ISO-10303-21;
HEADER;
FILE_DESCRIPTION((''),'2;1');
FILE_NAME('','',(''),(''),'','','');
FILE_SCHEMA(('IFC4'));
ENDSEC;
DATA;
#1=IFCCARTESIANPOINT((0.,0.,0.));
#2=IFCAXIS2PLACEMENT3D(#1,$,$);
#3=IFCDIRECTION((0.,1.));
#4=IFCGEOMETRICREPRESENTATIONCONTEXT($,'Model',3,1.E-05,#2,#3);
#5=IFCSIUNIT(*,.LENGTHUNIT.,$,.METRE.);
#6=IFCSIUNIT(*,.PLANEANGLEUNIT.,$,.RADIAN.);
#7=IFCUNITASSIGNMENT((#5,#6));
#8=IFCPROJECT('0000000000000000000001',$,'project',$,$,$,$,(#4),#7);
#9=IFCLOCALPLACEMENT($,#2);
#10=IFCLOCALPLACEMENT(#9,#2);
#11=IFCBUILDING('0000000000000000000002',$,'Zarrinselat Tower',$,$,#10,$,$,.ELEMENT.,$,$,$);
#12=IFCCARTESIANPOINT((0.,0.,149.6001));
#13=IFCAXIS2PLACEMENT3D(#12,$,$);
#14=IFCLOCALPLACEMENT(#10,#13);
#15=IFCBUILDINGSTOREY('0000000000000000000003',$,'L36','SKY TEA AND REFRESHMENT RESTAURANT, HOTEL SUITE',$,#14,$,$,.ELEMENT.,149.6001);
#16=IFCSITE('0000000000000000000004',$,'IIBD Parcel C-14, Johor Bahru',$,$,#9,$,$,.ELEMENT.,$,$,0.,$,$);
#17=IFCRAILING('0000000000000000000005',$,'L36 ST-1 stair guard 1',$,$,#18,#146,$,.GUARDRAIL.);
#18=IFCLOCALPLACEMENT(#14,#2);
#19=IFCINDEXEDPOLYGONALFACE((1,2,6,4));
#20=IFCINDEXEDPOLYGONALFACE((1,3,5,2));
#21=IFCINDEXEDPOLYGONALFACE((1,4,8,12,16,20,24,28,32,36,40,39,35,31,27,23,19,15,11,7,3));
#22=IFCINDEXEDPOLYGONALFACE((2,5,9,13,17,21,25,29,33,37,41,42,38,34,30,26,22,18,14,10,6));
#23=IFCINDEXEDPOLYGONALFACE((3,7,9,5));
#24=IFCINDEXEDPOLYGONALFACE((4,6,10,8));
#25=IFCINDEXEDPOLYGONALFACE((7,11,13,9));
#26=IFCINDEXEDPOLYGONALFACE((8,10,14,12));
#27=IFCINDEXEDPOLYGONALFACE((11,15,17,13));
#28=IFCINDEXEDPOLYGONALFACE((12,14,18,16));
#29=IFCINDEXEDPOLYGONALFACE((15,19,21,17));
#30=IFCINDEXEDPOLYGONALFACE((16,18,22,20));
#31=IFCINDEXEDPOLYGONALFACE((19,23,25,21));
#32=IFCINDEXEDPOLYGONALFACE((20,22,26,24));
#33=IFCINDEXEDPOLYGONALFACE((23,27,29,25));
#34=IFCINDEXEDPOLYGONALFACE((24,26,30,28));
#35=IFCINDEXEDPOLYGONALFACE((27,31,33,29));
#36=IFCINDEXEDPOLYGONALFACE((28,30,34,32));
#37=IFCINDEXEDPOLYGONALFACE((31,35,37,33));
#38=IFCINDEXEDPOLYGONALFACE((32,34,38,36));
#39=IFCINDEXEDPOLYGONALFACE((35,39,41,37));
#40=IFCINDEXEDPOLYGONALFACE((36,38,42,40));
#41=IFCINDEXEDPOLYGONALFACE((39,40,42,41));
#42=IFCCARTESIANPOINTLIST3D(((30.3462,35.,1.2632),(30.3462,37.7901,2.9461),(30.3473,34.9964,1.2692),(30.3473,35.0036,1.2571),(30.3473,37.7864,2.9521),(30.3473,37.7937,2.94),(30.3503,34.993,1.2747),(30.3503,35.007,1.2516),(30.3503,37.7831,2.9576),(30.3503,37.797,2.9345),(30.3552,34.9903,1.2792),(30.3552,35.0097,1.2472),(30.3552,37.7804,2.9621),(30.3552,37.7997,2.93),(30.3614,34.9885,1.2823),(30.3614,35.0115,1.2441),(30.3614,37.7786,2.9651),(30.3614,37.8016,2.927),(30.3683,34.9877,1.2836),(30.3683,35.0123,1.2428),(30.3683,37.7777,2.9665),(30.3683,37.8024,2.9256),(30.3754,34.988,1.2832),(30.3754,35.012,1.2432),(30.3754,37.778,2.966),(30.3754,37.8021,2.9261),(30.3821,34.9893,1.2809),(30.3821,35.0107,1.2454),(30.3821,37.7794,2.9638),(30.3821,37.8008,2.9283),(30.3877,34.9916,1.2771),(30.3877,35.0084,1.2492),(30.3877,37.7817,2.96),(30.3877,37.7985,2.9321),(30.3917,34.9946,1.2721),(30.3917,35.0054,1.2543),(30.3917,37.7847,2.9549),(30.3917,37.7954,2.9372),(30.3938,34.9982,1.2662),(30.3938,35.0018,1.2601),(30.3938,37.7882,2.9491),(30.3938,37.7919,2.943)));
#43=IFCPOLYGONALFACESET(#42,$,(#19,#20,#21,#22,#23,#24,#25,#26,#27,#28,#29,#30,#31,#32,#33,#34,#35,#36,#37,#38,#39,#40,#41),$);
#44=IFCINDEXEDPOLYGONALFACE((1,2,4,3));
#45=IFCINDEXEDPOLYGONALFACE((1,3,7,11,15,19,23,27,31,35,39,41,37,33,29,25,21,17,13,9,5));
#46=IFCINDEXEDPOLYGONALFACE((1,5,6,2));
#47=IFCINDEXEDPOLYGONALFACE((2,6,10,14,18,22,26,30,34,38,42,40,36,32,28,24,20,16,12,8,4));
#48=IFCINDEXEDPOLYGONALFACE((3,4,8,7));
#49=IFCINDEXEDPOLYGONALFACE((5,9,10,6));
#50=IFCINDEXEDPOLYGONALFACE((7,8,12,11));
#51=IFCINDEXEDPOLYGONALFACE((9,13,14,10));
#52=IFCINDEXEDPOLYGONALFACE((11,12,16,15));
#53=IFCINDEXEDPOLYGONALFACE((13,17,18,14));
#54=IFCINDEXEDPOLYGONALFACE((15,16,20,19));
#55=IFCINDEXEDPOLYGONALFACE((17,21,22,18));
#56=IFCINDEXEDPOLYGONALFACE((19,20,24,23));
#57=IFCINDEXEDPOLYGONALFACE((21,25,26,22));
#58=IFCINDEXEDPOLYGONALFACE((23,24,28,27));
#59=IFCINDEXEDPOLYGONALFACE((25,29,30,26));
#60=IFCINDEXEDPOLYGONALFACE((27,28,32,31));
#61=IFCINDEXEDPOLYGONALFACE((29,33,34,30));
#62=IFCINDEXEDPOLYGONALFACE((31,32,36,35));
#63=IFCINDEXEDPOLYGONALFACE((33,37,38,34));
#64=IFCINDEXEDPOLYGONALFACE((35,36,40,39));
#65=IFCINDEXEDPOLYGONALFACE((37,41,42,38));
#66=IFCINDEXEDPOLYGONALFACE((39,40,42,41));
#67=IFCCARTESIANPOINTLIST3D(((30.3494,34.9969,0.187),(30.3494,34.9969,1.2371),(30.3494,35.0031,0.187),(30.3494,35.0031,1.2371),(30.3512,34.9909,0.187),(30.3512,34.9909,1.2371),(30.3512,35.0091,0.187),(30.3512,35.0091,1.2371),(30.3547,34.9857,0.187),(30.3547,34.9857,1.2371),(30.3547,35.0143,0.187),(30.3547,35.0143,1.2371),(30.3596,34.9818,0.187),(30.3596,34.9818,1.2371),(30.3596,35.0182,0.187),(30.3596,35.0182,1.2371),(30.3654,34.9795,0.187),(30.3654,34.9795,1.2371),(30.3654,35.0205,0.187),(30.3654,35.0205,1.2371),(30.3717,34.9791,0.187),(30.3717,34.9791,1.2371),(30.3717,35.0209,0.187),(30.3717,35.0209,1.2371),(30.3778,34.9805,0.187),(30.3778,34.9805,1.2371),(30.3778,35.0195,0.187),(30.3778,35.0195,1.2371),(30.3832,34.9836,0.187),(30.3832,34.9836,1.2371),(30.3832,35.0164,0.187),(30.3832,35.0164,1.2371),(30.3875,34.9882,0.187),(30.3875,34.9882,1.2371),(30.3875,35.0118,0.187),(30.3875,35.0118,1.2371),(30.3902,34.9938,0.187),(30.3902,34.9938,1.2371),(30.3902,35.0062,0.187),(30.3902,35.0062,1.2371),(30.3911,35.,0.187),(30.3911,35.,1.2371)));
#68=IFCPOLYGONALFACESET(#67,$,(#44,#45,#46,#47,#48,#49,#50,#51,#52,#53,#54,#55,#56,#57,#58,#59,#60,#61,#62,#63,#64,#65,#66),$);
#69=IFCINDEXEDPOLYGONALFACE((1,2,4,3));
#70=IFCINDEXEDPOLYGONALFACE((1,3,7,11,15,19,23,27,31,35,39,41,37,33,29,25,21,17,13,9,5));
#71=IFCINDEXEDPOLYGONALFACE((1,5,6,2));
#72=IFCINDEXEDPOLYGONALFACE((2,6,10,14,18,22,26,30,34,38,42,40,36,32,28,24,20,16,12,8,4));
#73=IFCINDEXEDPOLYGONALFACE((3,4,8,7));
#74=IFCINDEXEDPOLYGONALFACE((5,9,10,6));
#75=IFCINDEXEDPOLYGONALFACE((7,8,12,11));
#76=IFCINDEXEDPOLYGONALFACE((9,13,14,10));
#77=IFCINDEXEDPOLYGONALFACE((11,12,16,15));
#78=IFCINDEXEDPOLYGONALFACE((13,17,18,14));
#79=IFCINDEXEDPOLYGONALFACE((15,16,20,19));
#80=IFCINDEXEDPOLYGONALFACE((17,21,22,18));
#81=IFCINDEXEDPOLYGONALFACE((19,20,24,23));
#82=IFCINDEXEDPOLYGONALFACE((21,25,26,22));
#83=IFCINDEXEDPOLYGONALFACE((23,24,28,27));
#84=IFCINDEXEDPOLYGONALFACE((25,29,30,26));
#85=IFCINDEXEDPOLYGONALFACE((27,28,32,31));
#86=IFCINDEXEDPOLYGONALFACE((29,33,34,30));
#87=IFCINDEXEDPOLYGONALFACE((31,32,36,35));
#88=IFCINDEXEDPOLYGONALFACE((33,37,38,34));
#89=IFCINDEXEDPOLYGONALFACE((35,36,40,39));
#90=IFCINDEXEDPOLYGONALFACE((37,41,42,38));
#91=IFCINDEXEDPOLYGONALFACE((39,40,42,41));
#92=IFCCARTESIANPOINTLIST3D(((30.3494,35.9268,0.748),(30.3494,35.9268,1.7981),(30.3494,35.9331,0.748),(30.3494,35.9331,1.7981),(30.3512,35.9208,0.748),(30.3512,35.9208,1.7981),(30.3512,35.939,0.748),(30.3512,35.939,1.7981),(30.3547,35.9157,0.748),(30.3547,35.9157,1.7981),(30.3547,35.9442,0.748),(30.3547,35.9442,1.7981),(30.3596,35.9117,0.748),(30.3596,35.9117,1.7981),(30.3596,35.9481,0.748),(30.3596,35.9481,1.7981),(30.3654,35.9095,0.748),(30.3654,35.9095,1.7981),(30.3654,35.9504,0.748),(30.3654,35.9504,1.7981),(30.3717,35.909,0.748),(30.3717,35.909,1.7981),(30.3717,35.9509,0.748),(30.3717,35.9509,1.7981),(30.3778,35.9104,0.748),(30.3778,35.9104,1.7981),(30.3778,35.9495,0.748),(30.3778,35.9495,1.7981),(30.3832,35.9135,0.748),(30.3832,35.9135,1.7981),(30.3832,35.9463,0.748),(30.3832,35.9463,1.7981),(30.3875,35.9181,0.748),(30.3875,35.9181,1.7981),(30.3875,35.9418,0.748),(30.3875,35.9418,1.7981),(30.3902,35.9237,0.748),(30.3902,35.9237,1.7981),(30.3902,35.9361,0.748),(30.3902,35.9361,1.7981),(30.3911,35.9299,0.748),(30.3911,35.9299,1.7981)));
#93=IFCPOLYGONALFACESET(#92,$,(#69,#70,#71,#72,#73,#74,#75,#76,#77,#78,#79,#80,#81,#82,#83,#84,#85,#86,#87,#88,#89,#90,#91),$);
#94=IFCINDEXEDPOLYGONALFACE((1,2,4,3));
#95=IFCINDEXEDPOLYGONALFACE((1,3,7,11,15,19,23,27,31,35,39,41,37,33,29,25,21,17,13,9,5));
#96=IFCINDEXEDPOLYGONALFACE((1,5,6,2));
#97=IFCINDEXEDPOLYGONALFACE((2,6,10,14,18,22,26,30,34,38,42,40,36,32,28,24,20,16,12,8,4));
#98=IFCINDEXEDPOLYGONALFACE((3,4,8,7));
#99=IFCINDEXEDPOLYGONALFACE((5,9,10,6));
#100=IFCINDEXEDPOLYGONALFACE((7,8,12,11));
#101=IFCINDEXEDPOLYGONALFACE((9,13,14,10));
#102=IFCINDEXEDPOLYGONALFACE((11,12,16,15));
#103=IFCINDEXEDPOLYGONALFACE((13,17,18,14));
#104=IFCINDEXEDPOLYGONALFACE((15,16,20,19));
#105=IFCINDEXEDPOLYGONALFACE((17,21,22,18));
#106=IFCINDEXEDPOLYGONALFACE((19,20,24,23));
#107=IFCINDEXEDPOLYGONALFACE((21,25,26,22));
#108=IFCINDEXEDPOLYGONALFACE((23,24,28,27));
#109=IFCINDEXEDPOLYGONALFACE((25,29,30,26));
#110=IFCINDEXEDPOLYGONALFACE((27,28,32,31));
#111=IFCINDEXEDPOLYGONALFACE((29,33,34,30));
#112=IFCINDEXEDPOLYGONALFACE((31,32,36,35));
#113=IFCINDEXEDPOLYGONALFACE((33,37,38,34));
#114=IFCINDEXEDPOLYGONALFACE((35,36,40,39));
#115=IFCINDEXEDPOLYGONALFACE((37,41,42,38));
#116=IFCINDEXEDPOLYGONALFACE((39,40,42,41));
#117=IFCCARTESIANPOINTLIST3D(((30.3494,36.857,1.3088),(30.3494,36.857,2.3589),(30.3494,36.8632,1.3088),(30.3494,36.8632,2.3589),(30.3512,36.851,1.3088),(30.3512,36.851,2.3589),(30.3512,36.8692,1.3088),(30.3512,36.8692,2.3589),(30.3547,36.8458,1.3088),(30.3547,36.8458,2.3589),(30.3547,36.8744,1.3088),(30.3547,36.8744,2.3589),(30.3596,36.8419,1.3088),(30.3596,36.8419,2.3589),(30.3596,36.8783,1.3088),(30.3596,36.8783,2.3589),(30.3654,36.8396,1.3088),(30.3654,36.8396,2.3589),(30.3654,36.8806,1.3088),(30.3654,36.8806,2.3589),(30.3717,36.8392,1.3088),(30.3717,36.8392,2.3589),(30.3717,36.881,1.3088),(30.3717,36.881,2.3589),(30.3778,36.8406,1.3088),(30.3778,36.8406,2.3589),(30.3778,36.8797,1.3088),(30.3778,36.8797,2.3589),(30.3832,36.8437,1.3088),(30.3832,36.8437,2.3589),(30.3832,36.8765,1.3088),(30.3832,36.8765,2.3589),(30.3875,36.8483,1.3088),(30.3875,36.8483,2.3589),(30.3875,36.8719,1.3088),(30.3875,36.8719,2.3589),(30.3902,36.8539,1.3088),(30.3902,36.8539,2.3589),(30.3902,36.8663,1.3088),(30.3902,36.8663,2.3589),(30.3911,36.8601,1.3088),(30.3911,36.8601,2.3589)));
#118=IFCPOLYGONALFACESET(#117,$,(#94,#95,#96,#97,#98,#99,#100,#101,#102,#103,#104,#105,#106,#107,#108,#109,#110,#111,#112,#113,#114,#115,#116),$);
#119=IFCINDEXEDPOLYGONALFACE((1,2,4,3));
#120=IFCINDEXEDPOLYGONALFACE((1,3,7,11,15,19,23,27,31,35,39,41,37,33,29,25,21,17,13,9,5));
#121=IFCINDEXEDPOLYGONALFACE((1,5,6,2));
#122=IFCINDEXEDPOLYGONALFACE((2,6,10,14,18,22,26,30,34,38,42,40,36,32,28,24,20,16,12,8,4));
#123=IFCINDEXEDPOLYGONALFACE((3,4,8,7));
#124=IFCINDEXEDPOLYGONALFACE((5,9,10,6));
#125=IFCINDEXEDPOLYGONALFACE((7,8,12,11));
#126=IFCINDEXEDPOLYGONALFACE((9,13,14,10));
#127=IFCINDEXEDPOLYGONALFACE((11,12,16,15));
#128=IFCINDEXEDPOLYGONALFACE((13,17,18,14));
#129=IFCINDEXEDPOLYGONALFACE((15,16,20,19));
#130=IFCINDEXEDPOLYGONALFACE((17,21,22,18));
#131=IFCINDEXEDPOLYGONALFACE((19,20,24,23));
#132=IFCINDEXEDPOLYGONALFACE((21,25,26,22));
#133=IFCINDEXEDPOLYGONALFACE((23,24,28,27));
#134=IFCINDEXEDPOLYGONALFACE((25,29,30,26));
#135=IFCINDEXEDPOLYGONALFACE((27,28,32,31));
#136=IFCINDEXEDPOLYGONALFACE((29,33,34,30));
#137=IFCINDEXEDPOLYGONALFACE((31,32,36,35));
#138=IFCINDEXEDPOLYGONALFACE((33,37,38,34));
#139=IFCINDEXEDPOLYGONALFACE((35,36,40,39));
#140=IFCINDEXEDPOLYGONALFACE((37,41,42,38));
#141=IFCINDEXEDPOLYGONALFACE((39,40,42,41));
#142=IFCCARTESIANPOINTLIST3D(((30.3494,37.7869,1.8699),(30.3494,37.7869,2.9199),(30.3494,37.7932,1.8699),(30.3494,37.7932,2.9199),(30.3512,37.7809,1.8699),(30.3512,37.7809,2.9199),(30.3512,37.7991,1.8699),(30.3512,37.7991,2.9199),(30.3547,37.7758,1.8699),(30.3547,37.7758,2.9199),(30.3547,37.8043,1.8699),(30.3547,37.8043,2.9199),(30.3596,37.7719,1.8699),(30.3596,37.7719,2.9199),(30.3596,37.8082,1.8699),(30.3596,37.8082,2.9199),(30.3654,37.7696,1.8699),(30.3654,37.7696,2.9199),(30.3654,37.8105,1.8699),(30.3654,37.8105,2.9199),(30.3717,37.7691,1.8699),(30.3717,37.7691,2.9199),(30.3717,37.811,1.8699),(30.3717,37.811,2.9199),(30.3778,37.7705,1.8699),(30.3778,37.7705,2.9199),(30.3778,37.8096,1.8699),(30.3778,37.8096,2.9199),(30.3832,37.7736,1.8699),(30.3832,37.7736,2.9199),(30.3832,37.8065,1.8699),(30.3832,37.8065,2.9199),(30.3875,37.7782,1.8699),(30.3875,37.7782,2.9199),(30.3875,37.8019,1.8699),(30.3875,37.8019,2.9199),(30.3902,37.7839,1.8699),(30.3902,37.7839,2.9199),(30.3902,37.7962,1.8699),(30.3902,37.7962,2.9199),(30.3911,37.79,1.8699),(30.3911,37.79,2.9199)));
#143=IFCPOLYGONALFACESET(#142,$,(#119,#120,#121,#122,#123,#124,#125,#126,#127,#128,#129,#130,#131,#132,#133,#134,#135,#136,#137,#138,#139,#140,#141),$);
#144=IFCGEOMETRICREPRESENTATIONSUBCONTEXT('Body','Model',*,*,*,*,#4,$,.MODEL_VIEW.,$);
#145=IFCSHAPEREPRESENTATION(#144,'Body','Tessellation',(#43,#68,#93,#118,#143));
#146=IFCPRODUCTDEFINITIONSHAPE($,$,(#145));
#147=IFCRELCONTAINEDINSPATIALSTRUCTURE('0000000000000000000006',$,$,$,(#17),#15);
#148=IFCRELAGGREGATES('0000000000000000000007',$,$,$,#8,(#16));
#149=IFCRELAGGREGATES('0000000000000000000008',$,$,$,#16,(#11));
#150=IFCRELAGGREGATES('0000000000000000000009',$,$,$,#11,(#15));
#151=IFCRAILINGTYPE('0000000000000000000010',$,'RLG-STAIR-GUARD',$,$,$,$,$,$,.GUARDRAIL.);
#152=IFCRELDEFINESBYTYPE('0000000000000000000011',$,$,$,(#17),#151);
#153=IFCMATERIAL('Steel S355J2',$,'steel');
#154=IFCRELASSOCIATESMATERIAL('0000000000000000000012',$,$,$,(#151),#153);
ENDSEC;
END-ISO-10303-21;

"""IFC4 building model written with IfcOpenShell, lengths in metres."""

from ifc_helpers import new_model, si_unit, direction, frame, origin, origin_2d, place, context, subcontext, project, spatial, circle, extrude, material, type_object, element, save


model = new_model("IFC4")

# Units and contexts
model_context = context("Model", 3, precision=1e-05, world=origin(), true_north=direction((0.0, 1.0)))
body_context = subcontext(model_context, "Body", "Model", "MODEL_VIEW")
ifc_project = project(units=[si_unit("LENGTHUNIT", "METRE"), si_unit("PLANEANGLEUNIT", "RADIAN")], contexts=[model_context])

# Site, building, storey
site_placement = place(None, origin())
site = spatial("IfcSite", under=ifc_project, at=site_placement, Name="IIBD Parcel C-14, Johor Bahru", CompositionType="ELEMENT", RefElevation=0.0)
building_placement = place(site_placement, origin())
building = spatial("IfcBuilding", under=site, at=building_placement, Name="Zarrinselat Tower", CompositionType="ELEMENT")
storey_placement = place(building_placement, frame((0.0, 0.0, 149.6001)))
storey = spatial("IfcBuildingStorey", under=building, at=storey_placement, Name="L36", Description="SKY TEA AND REFRESHMENT RESTAURANT, HOTEL SUITE", CompositionType="ELEMENT", Elevation=149.6001)

# Railing
ifc_material_1 = material(Name="Steel S355J2", Category="steel")
railing_type_1 = type_object("IfcRailingType", Name="RLG-STAIR-GUARD", PredefinedType="GUARDRAIL", material=ifc_material_1)
railing_1_placement = place(storey_placement, frame((30.3701, 35.0, 0.187)))
element("IfcRailing", 1, at=railing_1_placement, inside=storey, type_object=railing_type_1, Name="L36 ST-1 stair guard 1", PredefinedType="GUARDRAIL", context=body_context, shape_type="SweptSolid", body=[
    extrude(circle(Radius=0.0239, at=origin_2d()), frame((0.0, 0.0, 1.0762), z_axis=(0.0, 0.856294, 0.516489), x_axis=(-1.0, 0.0, 0.0)), (0.0, 0.0, 1.0), 3.2583),
    extrude(circle(Radius=0.021, at=origin_2d()), origin(), (0.0, 0.0, 1.0), 1.05),
    extrude(circle(Radius=0.021, at=origin_2d()), frame((0.0, 0.9299, 0.561)), (0.0, 0.0, 1.0), 1.05),
    extrude(circle(Radius=0.021, at=origin_2d()), frame((0.0, 1.8601, 1.1218)), (0.0, 0.0, 1.0), 1.05),
    extrude(circle(Radius=0.021, at=origin_2d()), frame((0.0, 2.79, 1.6829)), (0.0, 0.0, 1.0), 1.05),
])

save(model, "model.ifc")
